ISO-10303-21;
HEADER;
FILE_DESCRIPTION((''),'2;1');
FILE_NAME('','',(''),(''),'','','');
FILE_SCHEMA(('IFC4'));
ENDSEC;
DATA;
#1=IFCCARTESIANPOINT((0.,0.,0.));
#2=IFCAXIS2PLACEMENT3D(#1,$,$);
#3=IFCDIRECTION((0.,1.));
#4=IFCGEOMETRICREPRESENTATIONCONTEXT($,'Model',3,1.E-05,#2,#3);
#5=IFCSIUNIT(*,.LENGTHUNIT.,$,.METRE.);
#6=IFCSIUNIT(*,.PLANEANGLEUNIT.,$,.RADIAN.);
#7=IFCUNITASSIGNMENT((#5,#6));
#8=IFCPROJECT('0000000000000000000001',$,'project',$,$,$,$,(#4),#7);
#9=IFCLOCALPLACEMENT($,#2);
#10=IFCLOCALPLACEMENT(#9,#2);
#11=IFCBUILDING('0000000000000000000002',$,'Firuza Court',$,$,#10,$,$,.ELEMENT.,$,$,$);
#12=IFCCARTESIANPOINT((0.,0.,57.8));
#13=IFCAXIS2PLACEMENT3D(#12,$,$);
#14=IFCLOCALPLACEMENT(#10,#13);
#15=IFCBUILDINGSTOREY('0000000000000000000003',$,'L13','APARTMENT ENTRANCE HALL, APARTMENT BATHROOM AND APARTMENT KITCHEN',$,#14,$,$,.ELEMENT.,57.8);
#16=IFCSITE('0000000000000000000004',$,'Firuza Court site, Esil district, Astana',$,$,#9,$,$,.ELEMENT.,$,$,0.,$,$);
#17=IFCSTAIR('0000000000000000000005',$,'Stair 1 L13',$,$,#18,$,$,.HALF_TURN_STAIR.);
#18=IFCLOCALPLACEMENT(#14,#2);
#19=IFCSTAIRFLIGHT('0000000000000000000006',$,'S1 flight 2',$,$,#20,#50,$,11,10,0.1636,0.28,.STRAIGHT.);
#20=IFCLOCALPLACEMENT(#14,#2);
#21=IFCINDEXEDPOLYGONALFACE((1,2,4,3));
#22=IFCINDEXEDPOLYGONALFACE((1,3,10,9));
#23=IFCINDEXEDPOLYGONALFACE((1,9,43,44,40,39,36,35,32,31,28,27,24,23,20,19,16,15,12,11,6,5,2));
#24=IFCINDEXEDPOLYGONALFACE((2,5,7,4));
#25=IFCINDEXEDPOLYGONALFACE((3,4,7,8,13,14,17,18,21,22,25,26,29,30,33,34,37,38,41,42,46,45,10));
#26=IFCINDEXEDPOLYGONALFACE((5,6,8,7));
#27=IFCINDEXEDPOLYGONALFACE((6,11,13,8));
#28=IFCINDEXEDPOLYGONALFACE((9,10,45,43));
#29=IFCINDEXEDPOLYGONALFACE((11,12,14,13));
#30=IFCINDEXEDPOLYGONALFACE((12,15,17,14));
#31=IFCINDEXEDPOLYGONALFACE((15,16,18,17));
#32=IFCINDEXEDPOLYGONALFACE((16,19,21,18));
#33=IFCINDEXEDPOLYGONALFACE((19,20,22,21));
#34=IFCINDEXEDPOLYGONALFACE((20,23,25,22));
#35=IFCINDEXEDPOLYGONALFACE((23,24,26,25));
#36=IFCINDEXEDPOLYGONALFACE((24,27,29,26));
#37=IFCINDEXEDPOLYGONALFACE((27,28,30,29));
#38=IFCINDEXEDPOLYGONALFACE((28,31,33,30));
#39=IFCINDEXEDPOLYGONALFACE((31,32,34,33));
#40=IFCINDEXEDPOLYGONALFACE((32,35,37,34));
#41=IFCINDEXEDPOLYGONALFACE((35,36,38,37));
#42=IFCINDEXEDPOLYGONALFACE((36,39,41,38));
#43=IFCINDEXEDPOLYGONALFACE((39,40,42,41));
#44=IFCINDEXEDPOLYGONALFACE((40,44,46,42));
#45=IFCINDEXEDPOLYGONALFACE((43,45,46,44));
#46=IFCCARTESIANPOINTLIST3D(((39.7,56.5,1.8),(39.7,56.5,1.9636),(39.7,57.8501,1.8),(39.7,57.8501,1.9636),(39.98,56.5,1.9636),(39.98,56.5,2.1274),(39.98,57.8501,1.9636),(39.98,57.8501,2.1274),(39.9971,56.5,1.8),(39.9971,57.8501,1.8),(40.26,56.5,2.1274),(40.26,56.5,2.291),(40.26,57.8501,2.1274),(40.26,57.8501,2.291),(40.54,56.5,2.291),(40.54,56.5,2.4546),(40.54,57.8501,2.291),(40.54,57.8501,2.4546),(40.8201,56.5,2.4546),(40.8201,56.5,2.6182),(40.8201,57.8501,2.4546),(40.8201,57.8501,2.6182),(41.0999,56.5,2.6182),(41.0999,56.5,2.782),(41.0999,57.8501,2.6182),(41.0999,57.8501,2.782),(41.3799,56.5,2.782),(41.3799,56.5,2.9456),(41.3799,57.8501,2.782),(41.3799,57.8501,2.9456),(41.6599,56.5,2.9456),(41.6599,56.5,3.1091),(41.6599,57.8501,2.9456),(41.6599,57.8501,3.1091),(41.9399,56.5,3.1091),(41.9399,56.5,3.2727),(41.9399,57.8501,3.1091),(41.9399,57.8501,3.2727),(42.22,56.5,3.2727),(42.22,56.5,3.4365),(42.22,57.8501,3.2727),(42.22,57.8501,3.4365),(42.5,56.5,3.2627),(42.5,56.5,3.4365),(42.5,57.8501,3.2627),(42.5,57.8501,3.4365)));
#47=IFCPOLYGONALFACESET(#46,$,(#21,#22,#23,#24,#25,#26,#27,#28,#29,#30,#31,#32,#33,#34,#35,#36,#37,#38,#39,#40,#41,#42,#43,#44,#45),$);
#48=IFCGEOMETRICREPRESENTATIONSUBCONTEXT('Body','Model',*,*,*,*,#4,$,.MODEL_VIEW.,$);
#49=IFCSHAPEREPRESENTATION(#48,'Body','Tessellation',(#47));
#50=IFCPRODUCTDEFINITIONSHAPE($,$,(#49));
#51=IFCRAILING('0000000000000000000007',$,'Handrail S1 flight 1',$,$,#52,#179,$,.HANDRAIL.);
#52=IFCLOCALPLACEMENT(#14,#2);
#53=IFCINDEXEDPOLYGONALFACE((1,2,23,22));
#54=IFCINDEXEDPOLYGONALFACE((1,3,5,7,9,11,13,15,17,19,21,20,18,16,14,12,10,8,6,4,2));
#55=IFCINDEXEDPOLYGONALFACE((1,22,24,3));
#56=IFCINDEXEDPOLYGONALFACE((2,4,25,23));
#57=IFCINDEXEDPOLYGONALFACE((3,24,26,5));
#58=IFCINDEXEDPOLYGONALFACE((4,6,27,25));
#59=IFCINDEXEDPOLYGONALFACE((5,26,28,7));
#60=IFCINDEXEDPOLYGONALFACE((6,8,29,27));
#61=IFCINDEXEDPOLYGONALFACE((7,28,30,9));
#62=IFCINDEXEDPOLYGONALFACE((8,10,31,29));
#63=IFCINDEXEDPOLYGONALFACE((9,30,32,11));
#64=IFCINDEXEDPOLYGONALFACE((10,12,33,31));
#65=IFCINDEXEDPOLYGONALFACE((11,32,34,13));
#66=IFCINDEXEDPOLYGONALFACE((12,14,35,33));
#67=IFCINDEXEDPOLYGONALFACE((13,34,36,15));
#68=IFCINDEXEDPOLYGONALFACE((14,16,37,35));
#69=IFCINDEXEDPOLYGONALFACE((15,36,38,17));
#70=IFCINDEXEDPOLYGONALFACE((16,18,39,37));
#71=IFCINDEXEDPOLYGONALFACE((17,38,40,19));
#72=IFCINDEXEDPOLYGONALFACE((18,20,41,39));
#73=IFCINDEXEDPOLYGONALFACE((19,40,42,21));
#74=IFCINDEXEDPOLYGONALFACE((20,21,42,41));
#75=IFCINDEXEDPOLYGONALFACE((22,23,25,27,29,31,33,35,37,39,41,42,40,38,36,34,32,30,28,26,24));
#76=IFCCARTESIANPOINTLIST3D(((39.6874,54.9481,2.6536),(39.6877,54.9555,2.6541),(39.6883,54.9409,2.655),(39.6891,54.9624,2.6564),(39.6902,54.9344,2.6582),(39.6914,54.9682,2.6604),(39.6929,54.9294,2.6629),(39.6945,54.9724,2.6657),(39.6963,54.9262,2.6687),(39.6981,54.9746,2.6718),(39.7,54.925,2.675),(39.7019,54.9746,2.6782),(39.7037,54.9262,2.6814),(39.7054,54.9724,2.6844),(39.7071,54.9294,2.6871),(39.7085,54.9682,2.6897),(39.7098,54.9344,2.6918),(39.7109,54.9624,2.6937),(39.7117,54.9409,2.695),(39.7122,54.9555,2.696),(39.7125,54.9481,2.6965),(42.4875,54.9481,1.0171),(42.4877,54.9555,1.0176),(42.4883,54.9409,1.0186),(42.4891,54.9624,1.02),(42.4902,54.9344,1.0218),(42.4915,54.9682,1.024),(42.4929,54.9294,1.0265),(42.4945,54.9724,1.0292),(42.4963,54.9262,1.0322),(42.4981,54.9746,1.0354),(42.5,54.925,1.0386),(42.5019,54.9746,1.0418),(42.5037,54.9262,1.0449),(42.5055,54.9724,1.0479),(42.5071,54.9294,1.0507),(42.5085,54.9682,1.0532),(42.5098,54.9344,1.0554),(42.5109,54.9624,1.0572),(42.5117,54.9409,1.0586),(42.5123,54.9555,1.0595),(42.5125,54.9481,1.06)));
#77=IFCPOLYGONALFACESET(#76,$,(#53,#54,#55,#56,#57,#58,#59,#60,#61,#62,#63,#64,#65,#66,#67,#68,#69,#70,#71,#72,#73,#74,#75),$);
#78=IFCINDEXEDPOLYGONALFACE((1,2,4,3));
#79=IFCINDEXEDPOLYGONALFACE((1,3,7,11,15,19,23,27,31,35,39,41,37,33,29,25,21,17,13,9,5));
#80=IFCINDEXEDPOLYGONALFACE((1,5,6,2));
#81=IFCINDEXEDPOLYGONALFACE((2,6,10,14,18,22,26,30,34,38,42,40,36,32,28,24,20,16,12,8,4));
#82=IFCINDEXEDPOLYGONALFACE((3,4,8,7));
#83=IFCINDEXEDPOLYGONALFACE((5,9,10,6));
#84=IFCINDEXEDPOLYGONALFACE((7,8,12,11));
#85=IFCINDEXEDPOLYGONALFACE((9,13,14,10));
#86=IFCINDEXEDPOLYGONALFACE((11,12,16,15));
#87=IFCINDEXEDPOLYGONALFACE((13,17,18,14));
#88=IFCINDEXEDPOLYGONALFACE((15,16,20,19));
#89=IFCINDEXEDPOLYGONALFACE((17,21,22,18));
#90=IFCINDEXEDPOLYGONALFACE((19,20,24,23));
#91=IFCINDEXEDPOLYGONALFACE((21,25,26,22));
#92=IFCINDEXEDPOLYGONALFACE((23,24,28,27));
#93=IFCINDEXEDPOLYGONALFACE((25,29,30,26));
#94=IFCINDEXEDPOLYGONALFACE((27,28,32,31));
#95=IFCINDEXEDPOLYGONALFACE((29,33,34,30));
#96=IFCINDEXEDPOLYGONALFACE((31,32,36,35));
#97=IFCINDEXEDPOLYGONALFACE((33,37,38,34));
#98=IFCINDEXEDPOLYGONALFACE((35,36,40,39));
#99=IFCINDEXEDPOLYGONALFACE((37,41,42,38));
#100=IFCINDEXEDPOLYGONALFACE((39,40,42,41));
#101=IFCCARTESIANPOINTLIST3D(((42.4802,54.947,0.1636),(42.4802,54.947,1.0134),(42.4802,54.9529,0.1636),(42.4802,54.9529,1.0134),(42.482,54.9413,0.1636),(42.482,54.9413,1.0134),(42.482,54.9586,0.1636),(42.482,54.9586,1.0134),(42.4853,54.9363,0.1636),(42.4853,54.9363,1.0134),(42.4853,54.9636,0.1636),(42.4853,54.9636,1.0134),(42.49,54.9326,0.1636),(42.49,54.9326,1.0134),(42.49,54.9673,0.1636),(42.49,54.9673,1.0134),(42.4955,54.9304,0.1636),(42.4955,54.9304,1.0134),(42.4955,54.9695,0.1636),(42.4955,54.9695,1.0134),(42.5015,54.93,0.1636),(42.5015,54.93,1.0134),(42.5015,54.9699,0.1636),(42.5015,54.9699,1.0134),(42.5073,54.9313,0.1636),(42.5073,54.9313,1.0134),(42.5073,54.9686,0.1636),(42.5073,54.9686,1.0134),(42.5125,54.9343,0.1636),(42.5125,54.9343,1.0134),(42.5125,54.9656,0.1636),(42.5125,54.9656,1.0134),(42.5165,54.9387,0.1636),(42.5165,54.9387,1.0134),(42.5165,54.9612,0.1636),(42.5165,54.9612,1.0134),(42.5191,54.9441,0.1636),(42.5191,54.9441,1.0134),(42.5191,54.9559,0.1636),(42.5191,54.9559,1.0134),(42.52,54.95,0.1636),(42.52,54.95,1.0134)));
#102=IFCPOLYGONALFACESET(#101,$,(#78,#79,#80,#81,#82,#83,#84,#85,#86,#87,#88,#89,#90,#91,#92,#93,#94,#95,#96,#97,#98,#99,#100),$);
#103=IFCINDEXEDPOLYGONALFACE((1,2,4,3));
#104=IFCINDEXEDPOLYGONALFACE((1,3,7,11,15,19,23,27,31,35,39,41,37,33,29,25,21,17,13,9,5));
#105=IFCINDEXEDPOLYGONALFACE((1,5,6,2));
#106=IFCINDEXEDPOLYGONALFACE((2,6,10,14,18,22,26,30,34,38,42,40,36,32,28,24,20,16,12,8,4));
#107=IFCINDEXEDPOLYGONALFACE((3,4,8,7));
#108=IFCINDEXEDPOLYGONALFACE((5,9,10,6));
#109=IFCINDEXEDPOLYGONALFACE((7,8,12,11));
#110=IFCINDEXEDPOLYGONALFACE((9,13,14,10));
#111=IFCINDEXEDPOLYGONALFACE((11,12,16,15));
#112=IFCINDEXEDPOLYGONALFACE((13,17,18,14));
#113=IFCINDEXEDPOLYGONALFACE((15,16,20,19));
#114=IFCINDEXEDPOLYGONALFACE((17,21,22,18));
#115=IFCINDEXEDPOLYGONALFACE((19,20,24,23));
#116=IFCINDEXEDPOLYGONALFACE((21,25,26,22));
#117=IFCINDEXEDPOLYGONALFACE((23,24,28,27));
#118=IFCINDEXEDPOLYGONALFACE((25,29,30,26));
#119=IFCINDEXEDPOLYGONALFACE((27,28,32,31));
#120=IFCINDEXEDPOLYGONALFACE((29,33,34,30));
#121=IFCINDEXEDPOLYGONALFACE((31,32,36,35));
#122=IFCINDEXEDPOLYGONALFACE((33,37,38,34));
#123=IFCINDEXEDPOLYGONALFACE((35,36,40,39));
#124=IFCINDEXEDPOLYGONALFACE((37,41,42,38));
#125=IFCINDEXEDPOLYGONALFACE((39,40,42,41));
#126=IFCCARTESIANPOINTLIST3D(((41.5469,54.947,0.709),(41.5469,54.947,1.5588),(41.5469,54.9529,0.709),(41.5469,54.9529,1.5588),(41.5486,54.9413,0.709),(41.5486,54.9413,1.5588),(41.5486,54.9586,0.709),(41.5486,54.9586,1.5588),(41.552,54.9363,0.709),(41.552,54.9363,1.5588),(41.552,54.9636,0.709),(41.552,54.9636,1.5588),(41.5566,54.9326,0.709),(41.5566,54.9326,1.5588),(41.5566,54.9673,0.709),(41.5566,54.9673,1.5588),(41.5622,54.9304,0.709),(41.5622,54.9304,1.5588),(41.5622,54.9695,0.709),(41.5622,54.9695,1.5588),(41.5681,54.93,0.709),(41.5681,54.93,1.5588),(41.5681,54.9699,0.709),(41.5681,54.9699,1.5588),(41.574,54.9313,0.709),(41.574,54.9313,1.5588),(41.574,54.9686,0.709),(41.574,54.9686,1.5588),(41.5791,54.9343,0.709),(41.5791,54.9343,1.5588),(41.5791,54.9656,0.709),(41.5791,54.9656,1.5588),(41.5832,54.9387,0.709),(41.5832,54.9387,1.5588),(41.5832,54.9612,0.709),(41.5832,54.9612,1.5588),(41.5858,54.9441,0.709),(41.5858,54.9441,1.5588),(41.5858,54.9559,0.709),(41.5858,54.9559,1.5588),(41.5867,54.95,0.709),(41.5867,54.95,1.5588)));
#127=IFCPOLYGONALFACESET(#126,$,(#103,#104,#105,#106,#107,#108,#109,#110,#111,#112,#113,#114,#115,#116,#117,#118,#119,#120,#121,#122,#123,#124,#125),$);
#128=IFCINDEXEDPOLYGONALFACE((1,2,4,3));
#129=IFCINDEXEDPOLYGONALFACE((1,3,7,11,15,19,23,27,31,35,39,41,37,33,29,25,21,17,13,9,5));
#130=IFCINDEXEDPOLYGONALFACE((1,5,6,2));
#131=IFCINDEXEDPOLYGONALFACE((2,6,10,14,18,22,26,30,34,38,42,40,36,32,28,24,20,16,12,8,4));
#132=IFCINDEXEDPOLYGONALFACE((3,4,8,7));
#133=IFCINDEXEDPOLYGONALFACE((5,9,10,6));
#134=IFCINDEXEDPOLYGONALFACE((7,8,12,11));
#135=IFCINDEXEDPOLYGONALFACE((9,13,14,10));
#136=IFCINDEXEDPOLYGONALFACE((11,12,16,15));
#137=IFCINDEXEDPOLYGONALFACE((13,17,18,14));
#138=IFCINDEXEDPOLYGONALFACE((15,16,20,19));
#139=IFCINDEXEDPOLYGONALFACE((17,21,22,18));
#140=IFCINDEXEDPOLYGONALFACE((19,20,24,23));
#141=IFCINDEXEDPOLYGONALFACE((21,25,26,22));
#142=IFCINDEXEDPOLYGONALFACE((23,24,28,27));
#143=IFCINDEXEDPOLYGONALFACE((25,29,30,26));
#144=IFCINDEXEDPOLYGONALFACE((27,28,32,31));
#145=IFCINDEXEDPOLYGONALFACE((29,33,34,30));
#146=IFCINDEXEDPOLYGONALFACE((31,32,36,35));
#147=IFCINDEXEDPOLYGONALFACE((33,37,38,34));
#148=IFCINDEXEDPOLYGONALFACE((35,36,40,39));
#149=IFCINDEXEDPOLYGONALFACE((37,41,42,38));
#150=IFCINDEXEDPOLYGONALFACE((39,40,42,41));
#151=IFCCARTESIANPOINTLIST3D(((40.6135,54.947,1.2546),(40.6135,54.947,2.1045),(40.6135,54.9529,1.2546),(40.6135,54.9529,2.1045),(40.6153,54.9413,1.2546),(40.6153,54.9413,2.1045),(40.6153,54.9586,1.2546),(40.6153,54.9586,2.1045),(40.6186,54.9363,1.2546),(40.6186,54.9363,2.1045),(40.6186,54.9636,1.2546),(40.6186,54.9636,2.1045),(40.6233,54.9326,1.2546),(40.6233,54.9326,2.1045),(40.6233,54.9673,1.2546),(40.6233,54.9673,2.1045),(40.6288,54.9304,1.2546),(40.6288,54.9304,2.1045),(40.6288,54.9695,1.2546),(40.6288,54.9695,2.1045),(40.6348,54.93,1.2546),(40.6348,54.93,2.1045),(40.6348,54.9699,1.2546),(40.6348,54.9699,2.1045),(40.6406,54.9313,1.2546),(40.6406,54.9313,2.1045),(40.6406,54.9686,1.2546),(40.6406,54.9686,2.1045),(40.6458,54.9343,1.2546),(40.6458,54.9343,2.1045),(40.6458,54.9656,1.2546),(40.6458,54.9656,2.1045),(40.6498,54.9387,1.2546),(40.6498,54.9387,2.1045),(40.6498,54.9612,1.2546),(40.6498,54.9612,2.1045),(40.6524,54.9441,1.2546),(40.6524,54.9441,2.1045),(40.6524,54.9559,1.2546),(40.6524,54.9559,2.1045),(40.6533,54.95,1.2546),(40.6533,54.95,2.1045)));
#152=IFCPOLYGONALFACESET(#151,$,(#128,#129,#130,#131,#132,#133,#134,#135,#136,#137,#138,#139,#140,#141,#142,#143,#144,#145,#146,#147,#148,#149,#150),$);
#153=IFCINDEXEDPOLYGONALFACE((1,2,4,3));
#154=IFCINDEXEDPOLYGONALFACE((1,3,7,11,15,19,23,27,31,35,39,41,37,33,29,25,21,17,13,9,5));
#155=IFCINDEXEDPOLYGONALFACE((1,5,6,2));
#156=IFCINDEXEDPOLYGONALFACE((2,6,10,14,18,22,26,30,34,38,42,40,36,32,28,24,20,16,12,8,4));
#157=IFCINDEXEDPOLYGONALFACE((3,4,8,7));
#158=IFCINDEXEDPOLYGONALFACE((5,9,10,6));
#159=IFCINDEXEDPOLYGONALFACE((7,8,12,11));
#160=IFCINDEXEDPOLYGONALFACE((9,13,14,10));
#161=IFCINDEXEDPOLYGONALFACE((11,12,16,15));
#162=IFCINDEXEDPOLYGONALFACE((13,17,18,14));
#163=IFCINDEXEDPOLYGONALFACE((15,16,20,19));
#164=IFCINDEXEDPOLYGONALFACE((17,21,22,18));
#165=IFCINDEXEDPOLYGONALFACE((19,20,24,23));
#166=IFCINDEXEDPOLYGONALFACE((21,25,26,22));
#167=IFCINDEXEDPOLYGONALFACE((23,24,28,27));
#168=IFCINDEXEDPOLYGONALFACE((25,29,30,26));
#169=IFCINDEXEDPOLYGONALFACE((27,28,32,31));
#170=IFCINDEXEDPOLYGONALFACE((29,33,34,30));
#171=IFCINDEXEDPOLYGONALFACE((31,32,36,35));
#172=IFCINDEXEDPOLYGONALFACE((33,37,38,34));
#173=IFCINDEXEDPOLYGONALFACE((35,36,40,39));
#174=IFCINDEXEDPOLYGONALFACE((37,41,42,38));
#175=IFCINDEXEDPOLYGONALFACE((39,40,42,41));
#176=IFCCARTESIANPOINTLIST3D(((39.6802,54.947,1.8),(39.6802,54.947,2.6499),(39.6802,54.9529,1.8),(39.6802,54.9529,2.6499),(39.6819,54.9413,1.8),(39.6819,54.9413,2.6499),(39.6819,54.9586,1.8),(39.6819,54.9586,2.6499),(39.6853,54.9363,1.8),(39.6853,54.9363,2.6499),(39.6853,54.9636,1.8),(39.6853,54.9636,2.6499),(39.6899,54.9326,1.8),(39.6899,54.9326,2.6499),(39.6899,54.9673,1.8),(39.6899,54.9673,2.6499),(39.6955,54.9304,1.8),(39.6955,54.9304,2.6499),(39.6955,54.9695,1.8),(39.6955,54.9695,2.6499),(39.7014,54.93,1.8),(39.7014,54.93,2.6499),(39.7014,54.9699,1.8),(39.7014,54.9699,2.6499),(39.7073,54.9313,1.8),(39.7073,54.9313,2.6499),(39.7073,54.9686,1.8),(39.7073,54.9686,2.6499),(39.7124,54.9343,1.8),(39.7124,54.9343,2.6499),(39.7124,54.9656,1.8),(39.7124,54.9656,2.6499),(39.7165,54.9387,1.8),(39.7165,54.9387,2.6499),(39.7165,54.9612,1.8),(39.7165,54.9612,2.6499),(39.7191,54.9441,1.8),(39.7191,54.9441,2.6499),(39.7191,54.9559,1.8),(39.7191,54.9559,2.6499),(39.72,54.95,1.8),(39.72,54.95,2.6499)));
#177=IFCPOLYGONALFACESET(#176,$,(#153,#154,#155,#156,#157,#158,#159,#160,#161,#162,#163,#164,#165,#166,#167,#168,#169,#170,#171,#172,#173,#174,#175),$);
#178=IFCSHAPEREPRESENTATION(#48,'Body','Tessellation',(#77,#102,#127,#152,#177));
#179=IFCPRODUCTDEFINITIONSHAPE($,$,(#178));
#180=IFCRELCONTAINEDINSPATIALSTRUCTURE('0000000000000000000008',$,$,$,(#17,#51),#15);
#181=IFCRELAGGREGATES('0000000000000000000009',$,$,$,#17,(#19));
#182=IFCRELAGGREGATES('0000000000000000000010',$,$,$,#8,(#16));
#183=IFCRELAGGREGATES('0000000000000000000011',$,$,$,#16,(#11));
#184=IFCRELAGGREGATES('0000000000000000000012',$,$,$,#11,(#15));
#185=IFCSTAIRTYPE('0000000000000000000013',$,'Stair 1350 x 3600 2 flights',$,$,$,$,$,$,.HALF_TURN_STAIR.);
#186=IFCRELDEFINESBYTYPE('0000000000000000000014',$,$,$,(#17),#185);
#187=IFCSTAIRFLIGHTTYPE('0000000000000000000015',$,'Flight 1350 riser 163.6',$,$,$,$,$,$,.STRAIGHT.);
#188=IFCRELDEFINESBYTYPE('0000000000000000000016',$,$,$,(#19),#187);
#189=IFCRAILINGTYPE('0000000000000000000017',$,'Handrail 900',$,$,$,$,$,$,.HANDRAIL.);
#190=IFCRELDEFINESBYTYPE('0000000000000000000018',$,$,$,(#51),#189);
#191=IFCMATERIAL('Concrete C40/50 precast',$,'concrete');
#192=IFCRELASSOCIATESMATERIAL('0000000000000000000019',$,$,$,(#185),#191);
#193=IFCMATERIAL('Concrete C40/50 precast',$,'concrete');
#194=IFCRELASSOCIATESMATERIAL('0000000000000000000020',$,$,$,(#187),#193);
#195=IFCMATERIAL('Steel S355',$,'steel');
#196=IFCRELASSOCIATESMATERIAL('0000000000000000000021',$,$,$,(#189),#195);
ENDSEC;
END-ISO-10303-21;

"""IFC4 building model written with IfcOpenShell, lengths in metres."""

from ifc_helpers import new_model, si_unit, direction, frame, origin, origin_2d, place, context, subcontext, project, spatial, polyline, circle, outline, extrude, material, type_object, element, aggregate, save


model = new_model("IFC4")

# Units and contexts
model_context = context("Model", 3, precision=1e-05, world=origin(), true_north=direction((0.0, 1.0)))
body_context = subcontext(model_context, "Body", "Model", "MODEL_VIEW")
ifc_project = project(units=[si_unit("LENGTHUNIT", "METRE"), si_unit("PLANEANGLEUNIT", "RADIAN")], contexts=[model_context])

# Site, building, storey
site_placement = place(None, origin())
site = spatial("IfcSite", under=ifc_project, at=site_placement, Name="Firuza Court site, Esil district, Astana", CompositionType="ELEMENT", RefElevation=0.0)
building_placement = place(site_placement, origin())
building = spatial("IfcBuilding", under=site, at=building_placement, Name="Firuza Court", CompositionType="ELEMENT")
storey_placement = place(building_placement, frame((0.0, 0.0, 57.8)))
storey = spatial("IfcBuildingStorey", under=building, at=storey_placement, Name="L13", Description="APARTMENT ENTRANCE HALL, APARTMENT BATHROOM AND APARTMENT KITCHEN", CompositionType="ELEMENT", Elevation=57.8)

# Stair, stair flight
ifc_material_1 = material(Name="Concrete C40/50 precast", Category="concrete")
stair_type = type_object("IfcStairType", Name="Stair 1350 x 3600 2 flights", PredefinedType="HALF_TURN_STAIR", material=ifc_material_1)
stair_placement = place(storey_placement, origin())
stair = element("IfcStair", 1, at=stair_placement, inside=storey, type_object=stair_type, Name="Stair 1 L13", PredefinedType="HALF_TURN_STAIR")
ifc_material_2 = material(Name="Concrete C40/50 precast", Category="concrete")
stair_flight_type = type_object("IfcStairFlightType", Name="Flight 1350 riser 163.6", PredefinedType="STRAIGHT", material=ifc_material_2)
stair_flight_1_placement = place(storey_placement, frame((39.7, 57.175, 1.8), z_axis=(0.0, 0.0, 1.0), x_axis=(1.0, 0.0, 0.0)))
stair_flight_1 = element("IfcStairFlight", 2, at=stair_flight_1_placement, type_object=stair_flight_type, Name="S1 flight 2", NumberOfRisers=11, NumberOfTreads=10, PredefinedType="STRAIGHT", RiserHeight=0.1636, TreadLength=0.28, context=body_context, shape_type="SweptSolid", body=[
    extrude(outline(polyline([(0.0, 0.0), (0.0, 0.1636), (0.28, 0.1636), (0.28, 0.3274), (0.5601, 0.3274), (0.5601, 0.491), (0.8401, 0.491), (0.8401, 0.6545), (1.1201, 0.6545), (1.1201, 0.8181), (1.3999, 0.8181), (1.3999, 0.9819), (1.6799, 0.9819), (1.6799, 1.1455), (1.96, 1.1455), (1.96, 1.3091), (2.24, 1.3091), (2.24, 1.4727), (2.52, 1.4727), (2.52, 1.6365), (2.8, 1.6365), (2.8, 1.8), (2.8, 1.4626), (0.2971, 0.0), (0.0, 0.0)])), frame((0.0, 0.675, 0.0), z_axis=(0.0, -1.0, 0.0), x_axis=(1.0, 0.0, 0.0)), (0.0, 0.0, 1.0), 1.3501),
])
aggregate(stair, [stair_flight_1])

# Railing
ifc_material_3 = material(Name="Steel S355", Category="steel")
railing_type_1 = type_object("IfcRailingType", Name="Handrail 900", PredefinedType="HANDRAIL", material=ifc_material_3)
railing_1_placement = place(storey_placement, frame((42.5, 54.95, 0.1636)))
element("IfcRailing", 3, at=railing_1_placement, inside=storey, type_object=railing_type_1, Name="Handrail S1 flight 1", PredefinedType="HANDRAIL", context=body_context, shape_type="SweptSolid", body=[
    extrude(circle(Radius=0.0249, at=origin_2d()), frame((0.0, 0.0, 0.875), z_axis=(-0.863361, 0.0, 0.504587), x_axis=(0.0, -1.0, 0.0)), (0.0, 0.0, 1.0), 3.2432),
    extrude(circle(Radius=0.02, at=origin_2d()), origin(), (0.0, 0.0, 1.0), 0.8499),
    extrude(circle(Radius=0.02, at=origin_2d()), frame((-0.9333, 0.0, 0.5454)), (0.0, 0.0, 1.0), 0.8499),
    extrude(circle(Radius=0.02, at=origin_2d()), frame((-1.8667, 0.0, 1.0911)), (0.0, 0.0, 1.0), 0.8499),
    extrude(circle(Radius=0.02, at=origin_2d()), frame((-2.8, 0.0, 1.6365)), (0.0, 0.0, 1.0), 0.8499),
])

save(model, "model.ifc")
